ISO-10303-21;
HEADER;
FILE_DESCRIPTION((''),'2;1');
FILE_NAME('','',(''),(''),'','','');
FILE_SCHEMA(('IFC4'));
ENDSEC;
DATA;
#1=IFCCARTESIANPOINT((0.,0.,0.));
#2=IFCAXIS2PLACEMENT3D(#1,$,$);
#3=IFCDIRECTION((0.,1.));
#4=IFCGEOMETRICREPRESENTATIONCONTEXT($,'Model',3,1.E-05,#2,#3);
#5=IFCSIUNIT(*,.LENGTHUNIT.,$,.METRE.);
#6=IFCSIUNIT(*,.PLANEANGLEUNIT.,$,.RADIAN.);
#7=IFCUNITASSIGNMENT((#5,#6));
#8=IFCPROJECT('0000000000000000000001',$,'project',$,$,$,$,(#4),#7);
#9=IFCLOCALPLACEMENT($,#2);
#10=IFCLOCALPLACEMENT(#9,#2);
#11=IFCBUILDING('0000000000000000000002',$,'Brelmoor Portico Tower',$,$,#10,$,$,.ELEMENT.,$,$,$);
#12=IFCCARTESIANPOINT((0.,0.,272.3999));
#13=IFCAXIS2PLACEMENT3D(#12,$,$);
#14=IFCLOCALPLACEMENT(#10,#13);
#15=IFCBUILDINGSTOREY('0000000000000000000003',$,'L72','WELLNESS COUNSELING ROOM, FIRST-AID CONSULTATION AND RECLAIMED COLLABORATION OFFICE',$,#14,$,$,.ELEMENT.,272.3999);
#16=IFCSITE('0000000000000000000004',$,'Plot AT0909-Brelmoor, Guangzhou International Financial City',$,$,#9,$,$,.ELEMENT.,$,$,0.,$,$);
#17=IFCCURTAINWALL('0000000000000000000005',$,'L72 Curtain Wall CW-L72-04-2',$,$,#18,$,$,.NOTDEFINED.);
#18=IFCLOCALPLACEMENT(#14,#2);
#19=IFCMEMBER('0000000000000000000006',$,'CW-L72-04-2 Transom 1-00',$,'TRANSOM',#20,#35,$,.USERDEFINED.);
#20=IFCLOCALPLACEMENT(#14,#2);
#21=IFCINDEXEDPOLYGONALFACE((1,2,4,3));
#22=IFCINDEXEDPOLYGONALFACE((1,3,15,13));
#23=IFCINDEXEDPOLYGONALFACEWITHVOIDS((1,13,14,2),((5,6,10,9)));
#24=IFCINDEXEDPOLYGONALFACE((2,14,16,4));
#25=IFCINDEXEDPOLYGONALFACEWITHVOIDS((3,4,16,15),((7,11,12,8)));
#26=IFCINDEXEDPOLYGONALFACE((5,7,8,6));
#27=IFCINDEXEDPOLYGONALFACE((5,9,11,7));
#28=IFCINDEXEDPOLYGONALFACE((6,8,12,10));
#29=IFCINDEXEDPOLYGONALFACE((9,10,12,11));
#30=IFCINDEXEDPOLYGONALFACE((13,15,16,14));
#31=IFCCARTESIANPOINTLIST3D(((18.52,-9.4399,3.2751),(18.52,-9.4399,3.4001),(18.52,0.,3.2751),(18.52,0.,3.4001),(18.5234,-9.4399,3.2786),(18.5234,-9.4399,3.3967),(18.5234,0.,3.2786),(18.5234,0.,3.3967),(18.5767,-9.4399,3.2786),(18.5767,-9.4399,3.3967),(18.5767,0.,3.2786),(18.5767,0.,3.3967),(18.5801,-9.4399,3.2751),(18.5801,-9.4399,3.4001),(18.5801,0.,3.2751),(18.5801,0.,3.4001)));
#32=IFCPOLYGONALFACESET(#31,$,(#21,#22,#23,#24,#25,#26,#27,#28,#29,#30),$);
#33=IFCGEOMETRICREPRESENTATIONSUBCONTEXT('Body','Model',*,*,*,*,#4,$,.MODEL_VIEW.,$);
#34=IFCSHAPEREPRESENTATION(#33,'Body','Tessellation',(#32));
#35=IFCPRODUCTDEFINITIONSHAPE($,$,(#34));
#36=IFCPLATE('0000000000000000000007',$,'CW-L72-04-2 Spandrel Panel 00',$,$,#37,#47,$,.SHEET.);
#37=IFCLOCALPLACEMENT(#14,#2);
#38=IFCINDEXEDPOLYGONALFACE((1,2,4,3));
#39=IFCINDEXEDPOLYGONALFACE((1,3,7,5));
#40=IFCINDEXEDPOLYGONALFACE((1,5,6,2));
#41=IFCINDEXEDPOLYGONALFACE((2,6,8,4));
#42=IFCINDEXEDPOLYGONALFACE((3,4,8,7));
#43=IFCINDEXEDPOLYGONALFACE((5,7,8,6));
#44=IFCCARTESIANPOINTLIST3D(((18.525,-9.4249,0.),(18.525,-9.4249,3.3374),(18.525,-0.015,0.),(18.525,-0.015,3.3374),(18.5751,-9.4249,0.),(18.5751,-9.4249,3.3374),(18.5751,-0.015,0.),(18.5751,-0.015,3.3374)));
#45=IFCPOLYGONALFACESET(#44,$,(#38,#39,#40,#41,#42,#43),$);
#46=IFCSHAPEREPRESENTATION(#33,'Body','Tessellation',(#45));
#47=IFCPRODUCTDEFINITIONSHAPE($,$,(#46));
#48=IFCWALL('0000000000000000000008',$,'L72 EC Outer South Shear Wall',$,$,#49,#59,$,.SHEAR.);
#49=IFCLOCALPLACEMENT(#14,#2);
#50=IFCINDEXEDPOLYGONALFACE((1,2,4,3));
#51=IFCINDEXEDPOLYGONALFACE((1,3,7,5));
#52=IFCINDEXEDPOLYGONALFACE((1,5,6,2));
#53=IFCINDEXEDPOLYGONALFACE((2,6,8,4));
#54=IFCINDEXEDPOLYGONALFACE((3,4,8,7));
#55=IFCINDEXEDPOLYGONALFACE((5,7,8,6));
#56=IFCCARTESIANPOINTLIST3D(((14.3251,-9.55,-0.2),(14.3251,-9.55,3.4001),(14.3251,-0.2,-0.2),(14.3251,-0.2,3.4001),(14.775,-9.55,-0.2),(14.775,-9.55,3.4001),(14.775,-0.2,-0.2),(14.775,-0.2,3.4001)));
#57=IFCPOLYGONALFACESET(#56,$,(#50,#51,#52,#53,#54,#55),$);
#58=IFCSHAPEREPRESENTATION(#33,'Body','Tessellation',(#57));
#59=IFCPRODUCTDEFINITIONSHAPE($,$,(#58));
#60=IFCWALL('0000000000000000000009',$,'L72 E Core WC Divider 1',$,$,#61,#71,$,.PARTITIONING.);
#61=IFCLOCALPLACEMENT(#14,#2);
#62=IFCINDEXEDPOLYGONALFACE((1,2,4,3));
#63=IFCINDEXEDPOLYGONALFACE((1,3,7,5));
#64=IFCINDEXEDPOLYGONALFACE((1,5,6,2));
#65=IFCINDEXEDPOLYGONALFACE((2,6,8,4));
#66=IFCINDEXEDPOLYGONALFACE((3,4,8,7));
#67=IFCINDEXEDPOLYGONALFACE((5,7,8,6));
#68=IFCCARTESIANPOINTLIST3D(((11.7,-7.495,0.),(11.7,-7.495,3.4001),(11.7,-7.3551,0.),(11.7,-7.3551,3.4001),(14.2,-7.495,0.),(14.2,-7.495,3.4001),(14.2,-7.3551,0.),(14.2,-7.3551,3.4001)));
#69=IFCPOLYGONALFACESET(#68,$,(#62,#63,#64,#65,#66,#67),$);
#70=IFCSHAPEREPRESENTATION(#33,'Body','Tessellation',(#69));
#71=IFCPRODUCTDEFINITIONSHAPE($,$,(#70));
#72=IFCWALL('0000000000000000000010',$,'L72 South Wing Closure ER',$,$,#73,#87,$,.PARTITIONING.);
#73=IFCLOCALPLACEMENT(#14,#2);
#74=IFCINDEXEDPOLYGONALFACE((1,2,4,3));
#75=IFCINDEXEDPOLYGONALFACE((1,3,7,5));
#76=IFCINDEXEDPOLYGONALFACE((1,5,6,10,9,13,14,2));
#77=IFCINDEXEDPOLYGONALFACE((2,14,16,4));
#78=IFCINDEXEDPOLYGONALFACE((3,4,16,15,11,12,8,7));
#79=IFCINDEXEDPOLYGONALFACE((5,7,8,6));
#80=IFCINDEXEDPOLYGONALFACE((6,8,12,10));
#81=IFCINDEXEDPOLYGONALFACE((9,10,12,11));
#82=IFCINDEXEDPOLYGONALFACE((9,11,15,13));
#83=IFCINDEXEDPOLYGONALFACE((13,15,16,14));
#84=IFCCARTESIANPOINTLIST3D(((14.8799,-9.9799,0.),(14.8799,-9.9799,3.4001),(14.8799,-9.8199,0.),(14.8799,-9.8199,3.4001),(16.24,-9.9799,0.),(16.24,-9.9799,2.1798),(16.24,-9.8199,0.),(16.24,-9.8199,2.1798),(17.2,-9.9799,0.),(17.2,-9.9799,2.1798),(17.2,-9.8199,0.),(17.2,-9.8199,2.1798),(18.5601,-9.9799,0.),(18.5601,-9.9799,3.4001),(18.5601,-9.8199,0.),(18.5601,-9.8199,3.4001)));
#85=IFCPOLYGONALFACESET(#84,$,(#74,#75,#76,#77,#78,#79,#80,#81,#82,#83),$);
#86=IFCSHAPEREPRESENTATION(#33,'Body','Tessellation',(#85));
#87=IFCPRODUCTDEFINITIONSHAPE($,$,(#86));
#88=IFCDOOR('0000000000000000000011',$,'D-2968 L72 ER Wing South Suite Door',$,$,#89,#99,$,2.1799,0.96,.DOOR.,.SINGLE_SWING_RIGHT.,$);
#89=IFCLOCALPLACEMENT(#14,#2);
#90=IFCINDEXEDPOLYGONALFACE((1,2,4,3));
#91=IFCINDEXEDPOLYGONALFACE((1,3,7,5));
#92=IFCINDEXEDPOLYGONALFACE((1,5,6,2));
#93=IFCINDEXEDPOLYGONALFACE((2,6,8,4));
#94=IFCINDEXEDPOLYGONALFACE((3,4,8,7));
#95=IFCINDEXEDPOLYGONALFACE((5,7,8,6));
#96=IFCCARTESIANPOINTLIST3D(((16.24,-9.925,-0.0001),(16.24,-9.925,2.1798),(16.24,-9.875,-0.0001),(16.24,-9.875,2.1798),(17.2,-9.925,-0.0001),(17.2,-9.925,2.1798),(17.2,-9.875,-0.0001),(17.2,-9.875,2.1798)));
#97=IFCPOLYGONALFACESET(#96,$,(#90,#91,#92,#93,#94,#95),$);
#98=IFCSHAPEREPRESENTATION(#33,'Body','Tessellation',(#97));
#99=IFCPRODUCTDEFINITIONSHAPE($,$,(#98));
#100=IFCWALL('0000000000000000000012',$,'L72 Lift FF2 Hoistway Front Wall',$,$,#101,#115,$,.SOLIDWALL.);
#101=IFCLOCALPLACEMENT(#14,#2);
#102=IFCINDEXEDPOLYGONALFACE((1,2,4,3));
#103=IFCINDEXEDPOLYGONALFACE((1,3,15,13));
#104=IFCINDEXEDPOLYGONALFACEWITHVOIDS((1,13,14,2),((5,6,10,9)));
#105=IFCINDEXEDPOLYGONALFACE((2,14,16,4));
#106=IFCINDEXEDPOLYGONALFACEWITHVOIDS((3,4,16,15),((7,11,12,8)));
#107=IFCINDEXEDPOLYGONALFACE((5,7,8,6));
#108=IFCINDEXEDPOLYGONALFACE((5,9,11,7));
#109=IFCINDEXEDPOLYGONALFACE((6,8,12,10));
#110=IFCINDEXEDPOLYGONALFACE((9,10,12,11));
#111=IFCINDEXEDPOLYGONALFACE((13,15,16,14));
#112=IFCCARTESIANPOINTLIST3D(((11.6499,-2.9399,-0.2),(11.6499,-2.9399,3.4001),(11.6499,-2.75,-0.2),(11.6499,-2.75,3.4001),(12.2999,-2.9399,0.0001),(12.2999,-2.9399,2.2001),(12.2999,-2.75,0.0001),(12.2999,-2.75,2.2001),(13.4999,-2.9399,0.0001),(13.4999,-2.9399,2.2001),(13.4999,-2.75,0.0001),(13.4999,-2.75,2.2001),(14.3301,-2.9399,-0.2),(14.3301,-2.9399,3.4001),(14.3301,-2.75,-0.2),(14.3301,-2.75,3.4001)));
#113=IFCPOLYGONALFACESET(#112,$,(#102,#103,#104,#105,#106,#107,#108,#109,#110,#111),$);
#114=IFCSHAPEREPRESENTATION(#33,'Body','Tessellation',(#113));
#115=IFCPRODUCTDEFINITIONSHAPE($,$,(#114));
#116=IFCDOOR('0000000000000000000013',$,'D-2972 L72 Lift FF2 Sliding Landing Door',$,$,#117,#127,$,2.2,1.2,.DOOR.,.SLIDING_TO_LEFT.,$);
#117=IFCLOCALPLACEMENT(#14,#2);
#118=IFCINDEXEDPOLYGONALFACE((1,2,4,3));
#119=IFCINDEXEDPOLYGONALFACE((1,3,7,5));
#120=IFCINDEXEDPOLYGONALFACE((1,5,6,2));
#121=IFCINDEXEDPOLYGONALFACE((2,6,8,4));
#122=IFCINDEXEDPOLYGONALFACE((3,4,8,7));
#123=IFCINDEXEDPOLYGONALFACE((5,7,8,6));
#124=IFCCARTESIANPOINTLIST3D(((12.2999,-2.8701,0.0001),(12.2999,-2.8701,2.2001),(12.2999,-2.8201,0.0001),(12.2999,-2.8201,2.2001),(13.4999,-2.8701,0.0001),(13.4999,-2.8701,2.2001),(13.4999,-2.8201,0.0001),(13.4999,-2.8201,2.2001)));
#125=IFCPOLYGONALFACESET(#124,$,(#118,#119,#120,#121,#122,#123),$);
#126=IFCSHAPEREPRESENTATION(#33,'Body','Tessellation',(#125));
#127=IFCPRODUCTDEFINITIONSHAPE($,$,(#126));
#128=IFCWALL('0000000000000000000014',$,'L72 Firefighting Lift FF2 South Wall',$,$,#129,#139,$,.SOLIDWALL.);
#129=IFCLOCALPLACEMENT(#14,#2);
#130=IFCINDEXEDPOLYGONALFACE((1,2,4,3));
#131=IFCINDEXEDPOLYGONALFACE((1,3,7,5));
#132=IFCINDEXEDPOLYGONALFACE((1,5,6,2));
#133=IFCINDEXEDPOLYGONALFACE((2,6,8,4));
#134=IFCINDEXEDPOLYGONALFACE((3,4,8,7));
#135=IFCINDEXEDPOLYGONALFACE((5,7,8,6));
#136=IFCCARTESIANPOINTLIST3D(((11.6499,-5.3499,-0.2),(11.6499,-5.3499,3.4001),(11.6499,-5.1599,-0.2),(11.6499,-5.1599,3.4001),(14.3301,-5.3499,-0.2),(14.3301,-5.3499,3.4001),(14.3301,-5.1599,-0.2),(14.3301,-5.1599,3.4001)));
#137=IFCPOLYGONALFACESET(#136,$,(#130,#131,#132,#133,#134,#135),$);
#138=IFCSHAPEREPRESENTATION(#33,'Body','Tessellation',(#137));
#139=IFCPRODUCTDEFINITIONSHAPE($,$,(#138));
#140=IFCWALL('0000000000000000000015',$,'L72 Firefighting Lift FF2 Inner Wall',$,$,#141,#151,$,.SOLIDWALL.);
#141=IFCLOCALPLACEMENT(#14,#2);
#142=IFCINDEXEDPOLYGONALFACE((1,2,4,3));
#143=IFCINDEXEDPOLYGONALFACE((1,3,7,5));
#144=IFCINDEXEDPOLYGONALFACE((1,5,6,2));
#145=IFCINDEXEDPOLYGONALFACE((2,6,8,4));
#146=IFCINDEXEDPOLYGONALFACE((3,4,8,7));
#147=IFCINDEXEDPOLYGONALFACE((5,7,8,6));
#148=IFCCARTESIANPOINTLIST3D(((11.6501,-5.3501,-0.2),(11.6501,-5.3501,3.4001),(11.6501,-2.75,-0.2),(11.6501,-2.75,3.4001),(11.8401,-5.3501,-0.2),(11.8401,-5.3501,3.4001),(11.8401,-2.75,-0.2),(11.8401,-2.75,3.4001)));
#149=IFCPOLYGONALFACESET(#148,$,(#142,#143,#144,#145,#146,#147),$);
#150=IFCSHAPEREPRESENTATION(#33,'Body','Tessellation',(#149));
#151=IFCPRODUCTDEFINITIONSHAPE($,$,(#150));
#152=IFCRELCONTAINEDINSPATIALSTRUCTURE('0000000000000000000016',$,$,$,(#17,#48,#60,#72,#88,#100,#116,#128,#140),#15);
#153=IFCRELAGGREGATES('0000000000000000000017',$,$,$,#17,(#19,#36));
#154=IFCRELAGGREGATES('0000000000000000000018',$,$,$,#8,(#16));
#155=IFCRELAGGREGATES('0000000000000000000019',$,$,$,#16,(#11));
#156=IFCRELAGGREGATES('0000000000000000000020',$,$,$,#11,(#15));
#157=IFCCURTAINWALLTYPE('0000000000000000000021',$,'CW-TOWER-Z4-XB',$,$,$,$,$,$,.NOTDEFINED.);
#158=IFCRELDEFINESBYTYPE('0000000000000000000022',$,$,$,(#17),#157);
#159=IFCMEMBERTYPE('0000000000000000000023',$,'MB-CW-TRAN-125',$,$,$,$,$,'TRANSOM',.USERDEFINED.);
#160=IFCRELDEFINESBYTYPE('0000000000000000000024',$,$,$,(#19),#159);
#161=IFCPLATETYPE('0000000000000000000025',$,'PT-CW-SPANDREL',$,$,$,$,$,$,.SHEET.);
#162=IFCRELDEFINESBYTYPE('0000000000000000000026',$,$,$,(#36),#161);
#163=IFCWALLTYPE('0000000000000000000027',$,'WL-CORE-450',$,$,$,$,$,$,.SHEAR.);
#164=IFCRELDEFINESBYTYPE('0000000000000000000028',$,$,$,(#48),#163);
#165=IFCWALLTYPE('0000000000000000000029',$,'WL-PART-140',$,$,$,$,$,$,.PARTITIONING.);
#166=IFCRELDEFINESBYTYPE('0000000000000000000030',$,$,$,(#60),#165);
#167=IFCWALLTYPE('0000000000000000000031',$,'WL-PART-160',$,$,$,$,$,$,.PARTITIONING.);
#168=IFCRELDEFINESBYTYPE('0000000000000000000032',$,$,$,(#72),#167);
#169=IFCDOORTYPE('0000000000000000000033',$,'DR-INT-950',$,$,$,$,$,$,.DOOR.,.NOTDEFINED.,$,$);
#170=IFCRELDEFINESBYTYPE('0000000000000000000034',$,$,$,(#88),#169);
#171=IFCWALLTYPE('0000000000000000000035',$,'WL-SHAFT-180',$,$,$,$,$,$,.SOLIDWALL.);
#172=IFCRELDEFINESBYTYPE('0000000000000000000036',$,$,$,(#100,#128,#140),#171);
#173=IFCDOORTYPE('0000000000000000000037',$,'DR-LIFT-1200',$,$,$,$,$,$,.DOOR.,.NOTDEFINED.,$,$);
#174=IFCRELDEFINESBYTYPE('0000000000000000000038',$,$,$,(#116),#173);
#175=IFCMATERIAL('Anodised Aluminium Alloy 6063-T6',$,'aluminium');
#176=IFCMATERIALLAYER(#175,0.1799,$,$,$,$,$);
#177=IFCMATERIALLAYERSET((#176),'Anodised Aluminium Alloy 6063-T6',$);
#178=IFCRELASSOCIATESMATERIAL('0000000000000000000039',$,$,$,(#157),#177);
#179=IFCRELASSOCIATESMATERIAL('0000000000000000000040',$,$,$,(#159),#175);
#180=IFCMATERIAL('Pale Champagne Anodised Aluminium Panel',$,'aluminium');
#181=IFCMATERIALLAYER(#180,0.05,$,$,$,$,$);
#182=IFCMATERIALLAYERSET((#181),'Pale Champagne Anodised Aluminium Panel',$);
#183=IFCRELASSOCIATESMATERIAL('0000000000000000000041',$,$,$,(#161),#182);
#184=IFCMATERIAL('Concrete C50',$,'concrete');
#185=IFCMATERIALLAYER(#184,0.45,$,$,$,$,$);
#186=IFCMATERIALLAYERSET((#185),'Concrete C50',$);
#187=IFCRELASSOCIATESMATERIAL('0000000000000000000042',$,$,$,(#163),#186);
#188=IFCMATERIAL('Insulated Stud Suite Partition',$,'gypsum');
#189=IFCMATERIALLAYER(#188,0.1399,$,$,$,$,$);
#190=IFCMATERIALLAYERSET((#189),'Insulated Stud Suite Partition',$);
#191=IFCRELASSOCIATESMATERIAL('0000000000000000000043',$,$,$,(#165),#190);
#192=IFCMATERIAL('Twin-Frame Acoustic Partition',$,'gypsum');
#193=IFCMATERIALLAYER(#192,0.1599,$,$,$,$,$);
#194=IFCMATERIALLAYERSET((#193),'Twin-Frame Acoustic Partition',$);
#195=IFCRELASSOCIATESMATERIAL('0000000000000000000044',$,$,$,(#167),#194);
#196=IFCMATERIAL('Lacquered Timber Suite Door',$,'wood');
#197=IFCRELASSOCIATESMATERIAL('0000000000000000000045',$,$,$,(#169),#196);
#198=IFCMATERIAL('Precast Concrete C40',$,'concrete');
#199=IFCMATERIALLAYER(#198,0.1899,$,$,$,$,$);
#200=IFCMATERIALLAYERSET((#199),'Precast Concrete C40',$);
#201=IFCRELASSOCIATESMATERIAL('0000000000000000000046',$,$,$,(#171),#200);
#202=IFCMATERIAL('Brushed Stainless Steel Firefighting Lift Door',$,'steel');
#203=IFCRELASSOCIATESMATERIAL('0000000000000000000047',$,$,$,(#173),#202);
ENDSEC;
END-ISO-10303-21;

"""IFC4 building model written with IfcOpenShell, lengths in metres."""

from ifc_helpers import new_model, si_unit, direction, frame, frame_2d, origin, origin_2d, place, context, subcontext, project, spatial, rectangle, hollow_rectangle, extrude, material, layer, layer_set, material_profile, profile_set, type_object, element, fill, aggregate, save


model = new_model("IFC4")

# Units and contexts
model_context = context("Model", 3, precision=1e-05, world=origin(), true_north=direction((0.0, 1.0)))
body_context = subcontext(model_context, "Body", "Model", "MODEL_VIEW")
ifc_project = project(units=[si_unit("LENGTHUNIT", "METRE"), si_unit("PLANEANGLEUNIT", "RADIAN")], contexts=[model_context])

# Site, building, storey
site_placement = place(None, origin())
site = spatial("IfcSite", under=ifc_project, at=site_placement, Name="Plot AT0909-Brelmoor, Guangzhou International Financial City", CompositionType="ELEMENT", RefElevation=0.0)
building_placement = place(site_placement, origin())
building = spatial("IfcBuilding", under=site, at=building_placement, Name="Brelmoor Portico Tower", CompositionType="ELEMENT")
storey_placement = place(building_placement, frame((0.0, 0.0, 272.3999)))
storey = spatial("IfcBuildingStorey", under=building, at=storey_placement, Name="L72", Description="WELLNESS COUNSELING ROOM, FIRST-AID CONSULTATION AND RECLAIMED COLLABORATION OFFICE", CompositionType="ELEMENT", Elevation=272.3999)

# Shared definitions
ifc_material_1 = material(Name="Anodised Aluminium Alloy 6063-T6", Category="aluminium")

# Curtain wall, member, plate
ifc_layer_1 = layer(ifc_material_1, 0.1799)
ifc_layer_set_1 = layer_set([ifc_layer_1], Name="Anodised Aluminium Alloy 6063-T6")
curtain_wall_type_1 = type_object("IfcCurtainWallType", Name="CW-TOWER-Z4-XB", PredefinedType="NOTDEFINED", material=ifc_layer_set_1)
curtain_wall_1_placement = place(storey_placement, origin())
curtain_wall_1 = element("IfcCurtainWall", 1, at=curtain_wall_1_placement, inside=storey, type_object=curtain_wall_type_1, Name="L72 Curtain Wall CW-L72-04-2", PredefinedType="NOTDEFINED")
ifc_material_profile_1 = material_profile(ifc_material_1, hollow_rectangle(XDim=0.0601, YDim=0.125, WallThickness=0.0034, at=origin_2d()), Name="ALU TRANSOM 60x125")
ifc_profile_set_1 = profile_set([ifc_material_profile_1], Name="Anodised Aluminium Alloy 6063-T6")
member_type_1 = type_object("IfcMemberType", Name="MB-CW-TRAN-125", ElementType="TRANSOM", PredefinedType="USERDEFINED", material=ifc_profile_set_1)
member_1_placement = place(storey_placement, frame((18.55, -9.4399, 3.3376), z_axis=(0.0, 1.0, 0.0), x_axis=(-1.0, 0.0, 0.0)))
member_1 = element("IfcMember", 2, at=member_1_placement, type_object=member_type_1, Name="CW-L72-04-2 Transom 1-00", ObjectType="TRANSOM", PredefinedType="USERDEFINED", context=body_context, shape_type="SweptSolid", body=[
    extrude(hollow_rectangle(XDim=0.0601, YDim=0.125, WallThickness=0.0034, at=origin_2d()), origin(), (0.0, 0.0, 1.0), 9.4399),
])
ifc_material_2 = material(Name="Pale Champagne Anodised Aluminium Panel", Category="aluminium")
ifc_layer_2 = layer(ifc_material_2, 0.05)
ifc_layer_set_2 = layer_set([ifc_layer_2], Name="Pale Champagne Anodised Aluminium Panel")
plate_type = type_object("IfcPlateType", Name="PT-CW-SPANDREL", PredefinedType="SHEET", material=ifc_layer_set_2)
plate_placement = place(storey_placement, frame((18.55, -4.72, 0.0), z_axis=(0.0, 0.0, 1.0), x_axis=(0.0, 1.0, 0.0)))
plate = element("IfcPlate", 3, at=plate_placement, type_object=plate_type, Name="CW-L72-04-2 Spandrel Panel 00", PredefinedType="SHEET", context=body_context, shape_type="SweptSolid", body=[
    extrude(rectangle(XDim=9.4099, YDim=0.05, at=origin_2d()), origin(), (0.0, 0.0, 1.0), 3.3374),
])
aggregate(curtain_wall_1, [member_1, plate])

# Walls
ifc_material_3 = material(Name="Concrete C50", Category="concrete")
ifc_layer_3 = layer(ifc_material_3, 0.45)
ifc_layer_set_3 = layer_set([ifc_layer_3], Name="Concrete C50")
wall_type_1 = type_object("IfcWallType", Name="WL-CORE-450", PredefinedType="SHEAR", material=ifc_layer_set_3)
wall_1_placement = place(storey_placement, frame((14.55, -9.55, -0.2), z_axis=(0.0, 0.0, 1.0), x_axis=(0.0, 1.0, 0.0)))
element("IfcWall", 4, at=wall_1_placement, inside=storey, type_object=wall_type_1, Name="L72 EC Outer South Shear Wall", PredefinedType="SHEAR", context=body_context, shape_type="SweptSolid", body=[
    extrude(rectangle(XDim=9.3501, YDim=0.45, at=frame_2d((4.675, 0.0))), origin(), (0.0, 0.0, 1.0), 3.6001),
])
ifc_material_4 = material(Name="Insulated Stud Suite Partition", Category="gypsum")
ifc_layer_4 = layer(ifc_material_4, 0.1399)
ifc_layer_set_4 = layer_set([ifc_layer_4], Name="Insulated Stud Suite Partition")
wall_type_2 = type_object("IfcWallType", Name="WL-PART-140", PredefinedType="PARTITIONING", material=ifc_layer_set_4)
wall_2_placement = place(storey_placement, frame((11.7, -7.425, 0.0), z_axis=(0.0, 0.0, 1.0), x_axis=(1.0, 0.0, 0.0)))
element("IfcWall", 5, at=wall_2_placement, inside=storey, type_object=wall_type_2, Name="L72 E Core WC Divider 1", PredefinedType="PARTITIONING", context=body_context, shape_type="SweptSolid", body=[
    extrude(rectangle(XDim=2.5, YDim=0.1399, at=frame_2d((1.25, 0.0))), origin(), (0.0, 0.0, 1.0), 3.4001),
])

# Shared definitions
ifc_material_5 = material(Name="Twin-Frame Acoustic Partition", Category="gypsum")
ifc_layer_5 = layer(ifc_material_5, 0.1599)
ifc_layer_set_5 = layer_set([ifc_layer_5], Name="Twin-Frame Acoustic Partition")
wall_type_3 = type_object("IfcWallType", Name="WL-PART-160", PredefinedType="PARTITIONING", material=ifc_layer_set_5)
ifc_material_6 = material(Name="Lacquered Timber Suite Door", Category="wood")

# Walls, openings, doors
wall_3_placement = place(storey_placement, frame((14.8799, -9.8999, 0.0), z_axis=(0.0, 0.0, 1.0), x_axis=(1.0, 0.0, 0.0)))
wall_3 = element("IfcWall", 6, at=wall_3_placement, inside=storey, type_object=wall_type_3, Name="L72 South Wing Closure ER", PredefinedType="PARTITIONING", context=body_context, shape_type="SweptSolid", body=[
    extrude(rectangle(XDim=3.6802, YDim=0.1599, at=frame_2d((1.8401, 0.0))), origin(), (0.0, 0.0, 1.0), 3.4001),
])
opening_1_placement = place(wall_3_placement, frame((1.3601, 0.0, 0.0)))
opening_1 = element("IfcOpeningElement", 7, at=opening_1_placement, cuts=wall_3, PredefinedType="OPENING", context=body_context, shape_type="SweptSolid", body=[
    extrude(rectangle(XDim=0.96, YDim=2.1799, at=frame_2d((0.48, 1.0898))), frame((0.0, 0.0898, 0.0), z_axis=(0.0, -1.0, 0.0), x_axis=(1.0, 0.0, 0.0)), (0.0, 0.0, 1.0), 0.1799),
])
door_type_1 = type_object("IfcDoorType", Name="DR-INT-950", OperationType="NOTDEFINED", PredefinedType="DOOR", material=ifc_material_6)
door_1_placement = place(opening_1_placement, origin())
door_1 = element("IfcDoor", 8, at=door_1_placement, inside=storey, type_object=door_type_1, Name="D-2968 L72 ER Wing South Suite Door", OperationType="SINGLE_SWING_RIGHT", OverallHeight=2.1799, OverallWidth=0.96, PredefinedType="DOOR", context=body_context, shape_type="SweptSolid", body=[
    extrude(rectangle(XDim=0.96, YDim=2.1799, at=frame_2d((0.48, 1.0898))), frame((0.0, 0.0249, 0.0), z_axis=(0.0, -1.0, 0.0), x_axis=(1.0, 0.0, 0.0)), (0.0, 0.0, 1.0), 0.05),
])
fill(opening_1, door_1)
ifc_material_7 = material(Name="Precast Concrete C40", Category="concrete")
ifc_layer_6 = layer(ifc_material_7, 0.1899)
ifc_layer_set_6 = layer_set([ifc_layer_6], Name="Precast Concrete C40")
wall_type_4 = type_object("IfcWallType", Name="WL-SHAFT-180", PredefinedType="SOLIDWALL", material=ifc_layer_set_6)
wall_4_placement = place(storey_placement, frame((11.6499, -2.845, -0.2), z_axis=(0.0, 0.0, 1.0), x_axis=(1.0, 0.0, 0.0)))
wall_4 = element("IfcWall", 9, at=wall_4_placement, inside=storey, type_object=wall_type_4, Name="L72 Lift FF2 Hoistway Front Wall", PredefinedType="SOLIDWALL", context=body_context, shape_type="SweptSolid", body=[
    extrude(rectangle(XDim=2.6802, YDim=0.1899, at=frame_2d((1.3401, 0.0))), origin(), (0.0, 0.0, 1.0), 3.6001),
])
opening_2_placement = place(wall_4_placement, frame((0.6499, 0.0, 0.2)))
opening_2 = element("IfcOpeningElement", 10, at=opening_2_placement, cuts=wall_4, PredefinedType="OPENING", context=body_context, shape_type="SweptSolid", body=[
    extrude(rectangle(XDim=1.2, YDim=2.2, at=frame_2d((0.6001, 1.1001))), frame((0.0, 0.105, 0.0), z_axis=(0.0, -1.0, 0.0), x_axis=(1.0, 0.0, 0.0)), (0.0, 0.0, 1.0), 0.21),
])
ifc_material_8 = material(Name="Brushed Stainless Steel Firefighting Lift Door", Category="steel")
door_type_2 = type_object("IfcDoorType", Name="DR-LIFT-1200", OperationType="NOTDEFINED", PredefinedType="DOOR", material=ifc_material_8)
door_2_placement = place(opening_2_placement, origin())
door_2 = element("IfcDoor", 11, at=door_2_placement, inside=storey, type_object=door_type_2, Name="D-2972 L72 Lift FF2 Sliding Landing Door", OperationType="SLIDING_TO_LEFT", OverallHeight=2.2, OverallWidth=1.2, PredefinedType="DOOR", context=body_context, shape_type="SweptSolid", body=[
    extrude(rectangle(XDim=1.2, YDim=2.2, at=frame_2d((0.6001, 1.1001))), frame((0.0, 0.0249, 0.0), z_axis=(0.0, -1.0, 0.0), x_axis=(1.0, 0.0, 0.0)), (0.0, 0.0, 1.0), 0.05),
])
fill(opening_2, door_2)

# Walls
wall_5_placement = place(storey_placement, frame((11.6499, -5.2549, -0.2), z_axis=(0.0, 0.0, 1.0), x_axis=(1.0, 0.0, 0.0)))
element("IfcWall", 12, at=wall_5_placement, inside=storey, type_object=wall_type_4, Name="L72 Firefighting Lift FF2 South Wall", PredefinedType="SOLIDWALL", context=body_context, shape_type="SweptSolid", body=[
    extrude(rectangle(XDim=2.6802, YDim=0.1899, at=frame_2d((1.3401, 0.0))), origin(), (0.0, 0.0, 1.0), 3.6001),
])
wall_6_placement = place(storey_placement, frame((11.7451, -5.3501, -0.2), z_axis=(0.0, 0.0, 1.0), x_axis=(0.0, 1.0, 0.0)))
element("IfcWall", 13, at=wall_6_placement, inside=storey, type_object=wall_type_4, Name="L72 Firefighting Lift FF2 Inner Wall", PredefinedType="SOLIDWALL", context=body_context, shape_type="SweptSolid", body=[
    extrude(rectangle(XDim=2.6001, YDim=0.1899, at=frame_2d((1.3, 0.0))), origin(), (0.0, 0.0, 1.0), 3.6001),
])

save(model, "model.ifc")
